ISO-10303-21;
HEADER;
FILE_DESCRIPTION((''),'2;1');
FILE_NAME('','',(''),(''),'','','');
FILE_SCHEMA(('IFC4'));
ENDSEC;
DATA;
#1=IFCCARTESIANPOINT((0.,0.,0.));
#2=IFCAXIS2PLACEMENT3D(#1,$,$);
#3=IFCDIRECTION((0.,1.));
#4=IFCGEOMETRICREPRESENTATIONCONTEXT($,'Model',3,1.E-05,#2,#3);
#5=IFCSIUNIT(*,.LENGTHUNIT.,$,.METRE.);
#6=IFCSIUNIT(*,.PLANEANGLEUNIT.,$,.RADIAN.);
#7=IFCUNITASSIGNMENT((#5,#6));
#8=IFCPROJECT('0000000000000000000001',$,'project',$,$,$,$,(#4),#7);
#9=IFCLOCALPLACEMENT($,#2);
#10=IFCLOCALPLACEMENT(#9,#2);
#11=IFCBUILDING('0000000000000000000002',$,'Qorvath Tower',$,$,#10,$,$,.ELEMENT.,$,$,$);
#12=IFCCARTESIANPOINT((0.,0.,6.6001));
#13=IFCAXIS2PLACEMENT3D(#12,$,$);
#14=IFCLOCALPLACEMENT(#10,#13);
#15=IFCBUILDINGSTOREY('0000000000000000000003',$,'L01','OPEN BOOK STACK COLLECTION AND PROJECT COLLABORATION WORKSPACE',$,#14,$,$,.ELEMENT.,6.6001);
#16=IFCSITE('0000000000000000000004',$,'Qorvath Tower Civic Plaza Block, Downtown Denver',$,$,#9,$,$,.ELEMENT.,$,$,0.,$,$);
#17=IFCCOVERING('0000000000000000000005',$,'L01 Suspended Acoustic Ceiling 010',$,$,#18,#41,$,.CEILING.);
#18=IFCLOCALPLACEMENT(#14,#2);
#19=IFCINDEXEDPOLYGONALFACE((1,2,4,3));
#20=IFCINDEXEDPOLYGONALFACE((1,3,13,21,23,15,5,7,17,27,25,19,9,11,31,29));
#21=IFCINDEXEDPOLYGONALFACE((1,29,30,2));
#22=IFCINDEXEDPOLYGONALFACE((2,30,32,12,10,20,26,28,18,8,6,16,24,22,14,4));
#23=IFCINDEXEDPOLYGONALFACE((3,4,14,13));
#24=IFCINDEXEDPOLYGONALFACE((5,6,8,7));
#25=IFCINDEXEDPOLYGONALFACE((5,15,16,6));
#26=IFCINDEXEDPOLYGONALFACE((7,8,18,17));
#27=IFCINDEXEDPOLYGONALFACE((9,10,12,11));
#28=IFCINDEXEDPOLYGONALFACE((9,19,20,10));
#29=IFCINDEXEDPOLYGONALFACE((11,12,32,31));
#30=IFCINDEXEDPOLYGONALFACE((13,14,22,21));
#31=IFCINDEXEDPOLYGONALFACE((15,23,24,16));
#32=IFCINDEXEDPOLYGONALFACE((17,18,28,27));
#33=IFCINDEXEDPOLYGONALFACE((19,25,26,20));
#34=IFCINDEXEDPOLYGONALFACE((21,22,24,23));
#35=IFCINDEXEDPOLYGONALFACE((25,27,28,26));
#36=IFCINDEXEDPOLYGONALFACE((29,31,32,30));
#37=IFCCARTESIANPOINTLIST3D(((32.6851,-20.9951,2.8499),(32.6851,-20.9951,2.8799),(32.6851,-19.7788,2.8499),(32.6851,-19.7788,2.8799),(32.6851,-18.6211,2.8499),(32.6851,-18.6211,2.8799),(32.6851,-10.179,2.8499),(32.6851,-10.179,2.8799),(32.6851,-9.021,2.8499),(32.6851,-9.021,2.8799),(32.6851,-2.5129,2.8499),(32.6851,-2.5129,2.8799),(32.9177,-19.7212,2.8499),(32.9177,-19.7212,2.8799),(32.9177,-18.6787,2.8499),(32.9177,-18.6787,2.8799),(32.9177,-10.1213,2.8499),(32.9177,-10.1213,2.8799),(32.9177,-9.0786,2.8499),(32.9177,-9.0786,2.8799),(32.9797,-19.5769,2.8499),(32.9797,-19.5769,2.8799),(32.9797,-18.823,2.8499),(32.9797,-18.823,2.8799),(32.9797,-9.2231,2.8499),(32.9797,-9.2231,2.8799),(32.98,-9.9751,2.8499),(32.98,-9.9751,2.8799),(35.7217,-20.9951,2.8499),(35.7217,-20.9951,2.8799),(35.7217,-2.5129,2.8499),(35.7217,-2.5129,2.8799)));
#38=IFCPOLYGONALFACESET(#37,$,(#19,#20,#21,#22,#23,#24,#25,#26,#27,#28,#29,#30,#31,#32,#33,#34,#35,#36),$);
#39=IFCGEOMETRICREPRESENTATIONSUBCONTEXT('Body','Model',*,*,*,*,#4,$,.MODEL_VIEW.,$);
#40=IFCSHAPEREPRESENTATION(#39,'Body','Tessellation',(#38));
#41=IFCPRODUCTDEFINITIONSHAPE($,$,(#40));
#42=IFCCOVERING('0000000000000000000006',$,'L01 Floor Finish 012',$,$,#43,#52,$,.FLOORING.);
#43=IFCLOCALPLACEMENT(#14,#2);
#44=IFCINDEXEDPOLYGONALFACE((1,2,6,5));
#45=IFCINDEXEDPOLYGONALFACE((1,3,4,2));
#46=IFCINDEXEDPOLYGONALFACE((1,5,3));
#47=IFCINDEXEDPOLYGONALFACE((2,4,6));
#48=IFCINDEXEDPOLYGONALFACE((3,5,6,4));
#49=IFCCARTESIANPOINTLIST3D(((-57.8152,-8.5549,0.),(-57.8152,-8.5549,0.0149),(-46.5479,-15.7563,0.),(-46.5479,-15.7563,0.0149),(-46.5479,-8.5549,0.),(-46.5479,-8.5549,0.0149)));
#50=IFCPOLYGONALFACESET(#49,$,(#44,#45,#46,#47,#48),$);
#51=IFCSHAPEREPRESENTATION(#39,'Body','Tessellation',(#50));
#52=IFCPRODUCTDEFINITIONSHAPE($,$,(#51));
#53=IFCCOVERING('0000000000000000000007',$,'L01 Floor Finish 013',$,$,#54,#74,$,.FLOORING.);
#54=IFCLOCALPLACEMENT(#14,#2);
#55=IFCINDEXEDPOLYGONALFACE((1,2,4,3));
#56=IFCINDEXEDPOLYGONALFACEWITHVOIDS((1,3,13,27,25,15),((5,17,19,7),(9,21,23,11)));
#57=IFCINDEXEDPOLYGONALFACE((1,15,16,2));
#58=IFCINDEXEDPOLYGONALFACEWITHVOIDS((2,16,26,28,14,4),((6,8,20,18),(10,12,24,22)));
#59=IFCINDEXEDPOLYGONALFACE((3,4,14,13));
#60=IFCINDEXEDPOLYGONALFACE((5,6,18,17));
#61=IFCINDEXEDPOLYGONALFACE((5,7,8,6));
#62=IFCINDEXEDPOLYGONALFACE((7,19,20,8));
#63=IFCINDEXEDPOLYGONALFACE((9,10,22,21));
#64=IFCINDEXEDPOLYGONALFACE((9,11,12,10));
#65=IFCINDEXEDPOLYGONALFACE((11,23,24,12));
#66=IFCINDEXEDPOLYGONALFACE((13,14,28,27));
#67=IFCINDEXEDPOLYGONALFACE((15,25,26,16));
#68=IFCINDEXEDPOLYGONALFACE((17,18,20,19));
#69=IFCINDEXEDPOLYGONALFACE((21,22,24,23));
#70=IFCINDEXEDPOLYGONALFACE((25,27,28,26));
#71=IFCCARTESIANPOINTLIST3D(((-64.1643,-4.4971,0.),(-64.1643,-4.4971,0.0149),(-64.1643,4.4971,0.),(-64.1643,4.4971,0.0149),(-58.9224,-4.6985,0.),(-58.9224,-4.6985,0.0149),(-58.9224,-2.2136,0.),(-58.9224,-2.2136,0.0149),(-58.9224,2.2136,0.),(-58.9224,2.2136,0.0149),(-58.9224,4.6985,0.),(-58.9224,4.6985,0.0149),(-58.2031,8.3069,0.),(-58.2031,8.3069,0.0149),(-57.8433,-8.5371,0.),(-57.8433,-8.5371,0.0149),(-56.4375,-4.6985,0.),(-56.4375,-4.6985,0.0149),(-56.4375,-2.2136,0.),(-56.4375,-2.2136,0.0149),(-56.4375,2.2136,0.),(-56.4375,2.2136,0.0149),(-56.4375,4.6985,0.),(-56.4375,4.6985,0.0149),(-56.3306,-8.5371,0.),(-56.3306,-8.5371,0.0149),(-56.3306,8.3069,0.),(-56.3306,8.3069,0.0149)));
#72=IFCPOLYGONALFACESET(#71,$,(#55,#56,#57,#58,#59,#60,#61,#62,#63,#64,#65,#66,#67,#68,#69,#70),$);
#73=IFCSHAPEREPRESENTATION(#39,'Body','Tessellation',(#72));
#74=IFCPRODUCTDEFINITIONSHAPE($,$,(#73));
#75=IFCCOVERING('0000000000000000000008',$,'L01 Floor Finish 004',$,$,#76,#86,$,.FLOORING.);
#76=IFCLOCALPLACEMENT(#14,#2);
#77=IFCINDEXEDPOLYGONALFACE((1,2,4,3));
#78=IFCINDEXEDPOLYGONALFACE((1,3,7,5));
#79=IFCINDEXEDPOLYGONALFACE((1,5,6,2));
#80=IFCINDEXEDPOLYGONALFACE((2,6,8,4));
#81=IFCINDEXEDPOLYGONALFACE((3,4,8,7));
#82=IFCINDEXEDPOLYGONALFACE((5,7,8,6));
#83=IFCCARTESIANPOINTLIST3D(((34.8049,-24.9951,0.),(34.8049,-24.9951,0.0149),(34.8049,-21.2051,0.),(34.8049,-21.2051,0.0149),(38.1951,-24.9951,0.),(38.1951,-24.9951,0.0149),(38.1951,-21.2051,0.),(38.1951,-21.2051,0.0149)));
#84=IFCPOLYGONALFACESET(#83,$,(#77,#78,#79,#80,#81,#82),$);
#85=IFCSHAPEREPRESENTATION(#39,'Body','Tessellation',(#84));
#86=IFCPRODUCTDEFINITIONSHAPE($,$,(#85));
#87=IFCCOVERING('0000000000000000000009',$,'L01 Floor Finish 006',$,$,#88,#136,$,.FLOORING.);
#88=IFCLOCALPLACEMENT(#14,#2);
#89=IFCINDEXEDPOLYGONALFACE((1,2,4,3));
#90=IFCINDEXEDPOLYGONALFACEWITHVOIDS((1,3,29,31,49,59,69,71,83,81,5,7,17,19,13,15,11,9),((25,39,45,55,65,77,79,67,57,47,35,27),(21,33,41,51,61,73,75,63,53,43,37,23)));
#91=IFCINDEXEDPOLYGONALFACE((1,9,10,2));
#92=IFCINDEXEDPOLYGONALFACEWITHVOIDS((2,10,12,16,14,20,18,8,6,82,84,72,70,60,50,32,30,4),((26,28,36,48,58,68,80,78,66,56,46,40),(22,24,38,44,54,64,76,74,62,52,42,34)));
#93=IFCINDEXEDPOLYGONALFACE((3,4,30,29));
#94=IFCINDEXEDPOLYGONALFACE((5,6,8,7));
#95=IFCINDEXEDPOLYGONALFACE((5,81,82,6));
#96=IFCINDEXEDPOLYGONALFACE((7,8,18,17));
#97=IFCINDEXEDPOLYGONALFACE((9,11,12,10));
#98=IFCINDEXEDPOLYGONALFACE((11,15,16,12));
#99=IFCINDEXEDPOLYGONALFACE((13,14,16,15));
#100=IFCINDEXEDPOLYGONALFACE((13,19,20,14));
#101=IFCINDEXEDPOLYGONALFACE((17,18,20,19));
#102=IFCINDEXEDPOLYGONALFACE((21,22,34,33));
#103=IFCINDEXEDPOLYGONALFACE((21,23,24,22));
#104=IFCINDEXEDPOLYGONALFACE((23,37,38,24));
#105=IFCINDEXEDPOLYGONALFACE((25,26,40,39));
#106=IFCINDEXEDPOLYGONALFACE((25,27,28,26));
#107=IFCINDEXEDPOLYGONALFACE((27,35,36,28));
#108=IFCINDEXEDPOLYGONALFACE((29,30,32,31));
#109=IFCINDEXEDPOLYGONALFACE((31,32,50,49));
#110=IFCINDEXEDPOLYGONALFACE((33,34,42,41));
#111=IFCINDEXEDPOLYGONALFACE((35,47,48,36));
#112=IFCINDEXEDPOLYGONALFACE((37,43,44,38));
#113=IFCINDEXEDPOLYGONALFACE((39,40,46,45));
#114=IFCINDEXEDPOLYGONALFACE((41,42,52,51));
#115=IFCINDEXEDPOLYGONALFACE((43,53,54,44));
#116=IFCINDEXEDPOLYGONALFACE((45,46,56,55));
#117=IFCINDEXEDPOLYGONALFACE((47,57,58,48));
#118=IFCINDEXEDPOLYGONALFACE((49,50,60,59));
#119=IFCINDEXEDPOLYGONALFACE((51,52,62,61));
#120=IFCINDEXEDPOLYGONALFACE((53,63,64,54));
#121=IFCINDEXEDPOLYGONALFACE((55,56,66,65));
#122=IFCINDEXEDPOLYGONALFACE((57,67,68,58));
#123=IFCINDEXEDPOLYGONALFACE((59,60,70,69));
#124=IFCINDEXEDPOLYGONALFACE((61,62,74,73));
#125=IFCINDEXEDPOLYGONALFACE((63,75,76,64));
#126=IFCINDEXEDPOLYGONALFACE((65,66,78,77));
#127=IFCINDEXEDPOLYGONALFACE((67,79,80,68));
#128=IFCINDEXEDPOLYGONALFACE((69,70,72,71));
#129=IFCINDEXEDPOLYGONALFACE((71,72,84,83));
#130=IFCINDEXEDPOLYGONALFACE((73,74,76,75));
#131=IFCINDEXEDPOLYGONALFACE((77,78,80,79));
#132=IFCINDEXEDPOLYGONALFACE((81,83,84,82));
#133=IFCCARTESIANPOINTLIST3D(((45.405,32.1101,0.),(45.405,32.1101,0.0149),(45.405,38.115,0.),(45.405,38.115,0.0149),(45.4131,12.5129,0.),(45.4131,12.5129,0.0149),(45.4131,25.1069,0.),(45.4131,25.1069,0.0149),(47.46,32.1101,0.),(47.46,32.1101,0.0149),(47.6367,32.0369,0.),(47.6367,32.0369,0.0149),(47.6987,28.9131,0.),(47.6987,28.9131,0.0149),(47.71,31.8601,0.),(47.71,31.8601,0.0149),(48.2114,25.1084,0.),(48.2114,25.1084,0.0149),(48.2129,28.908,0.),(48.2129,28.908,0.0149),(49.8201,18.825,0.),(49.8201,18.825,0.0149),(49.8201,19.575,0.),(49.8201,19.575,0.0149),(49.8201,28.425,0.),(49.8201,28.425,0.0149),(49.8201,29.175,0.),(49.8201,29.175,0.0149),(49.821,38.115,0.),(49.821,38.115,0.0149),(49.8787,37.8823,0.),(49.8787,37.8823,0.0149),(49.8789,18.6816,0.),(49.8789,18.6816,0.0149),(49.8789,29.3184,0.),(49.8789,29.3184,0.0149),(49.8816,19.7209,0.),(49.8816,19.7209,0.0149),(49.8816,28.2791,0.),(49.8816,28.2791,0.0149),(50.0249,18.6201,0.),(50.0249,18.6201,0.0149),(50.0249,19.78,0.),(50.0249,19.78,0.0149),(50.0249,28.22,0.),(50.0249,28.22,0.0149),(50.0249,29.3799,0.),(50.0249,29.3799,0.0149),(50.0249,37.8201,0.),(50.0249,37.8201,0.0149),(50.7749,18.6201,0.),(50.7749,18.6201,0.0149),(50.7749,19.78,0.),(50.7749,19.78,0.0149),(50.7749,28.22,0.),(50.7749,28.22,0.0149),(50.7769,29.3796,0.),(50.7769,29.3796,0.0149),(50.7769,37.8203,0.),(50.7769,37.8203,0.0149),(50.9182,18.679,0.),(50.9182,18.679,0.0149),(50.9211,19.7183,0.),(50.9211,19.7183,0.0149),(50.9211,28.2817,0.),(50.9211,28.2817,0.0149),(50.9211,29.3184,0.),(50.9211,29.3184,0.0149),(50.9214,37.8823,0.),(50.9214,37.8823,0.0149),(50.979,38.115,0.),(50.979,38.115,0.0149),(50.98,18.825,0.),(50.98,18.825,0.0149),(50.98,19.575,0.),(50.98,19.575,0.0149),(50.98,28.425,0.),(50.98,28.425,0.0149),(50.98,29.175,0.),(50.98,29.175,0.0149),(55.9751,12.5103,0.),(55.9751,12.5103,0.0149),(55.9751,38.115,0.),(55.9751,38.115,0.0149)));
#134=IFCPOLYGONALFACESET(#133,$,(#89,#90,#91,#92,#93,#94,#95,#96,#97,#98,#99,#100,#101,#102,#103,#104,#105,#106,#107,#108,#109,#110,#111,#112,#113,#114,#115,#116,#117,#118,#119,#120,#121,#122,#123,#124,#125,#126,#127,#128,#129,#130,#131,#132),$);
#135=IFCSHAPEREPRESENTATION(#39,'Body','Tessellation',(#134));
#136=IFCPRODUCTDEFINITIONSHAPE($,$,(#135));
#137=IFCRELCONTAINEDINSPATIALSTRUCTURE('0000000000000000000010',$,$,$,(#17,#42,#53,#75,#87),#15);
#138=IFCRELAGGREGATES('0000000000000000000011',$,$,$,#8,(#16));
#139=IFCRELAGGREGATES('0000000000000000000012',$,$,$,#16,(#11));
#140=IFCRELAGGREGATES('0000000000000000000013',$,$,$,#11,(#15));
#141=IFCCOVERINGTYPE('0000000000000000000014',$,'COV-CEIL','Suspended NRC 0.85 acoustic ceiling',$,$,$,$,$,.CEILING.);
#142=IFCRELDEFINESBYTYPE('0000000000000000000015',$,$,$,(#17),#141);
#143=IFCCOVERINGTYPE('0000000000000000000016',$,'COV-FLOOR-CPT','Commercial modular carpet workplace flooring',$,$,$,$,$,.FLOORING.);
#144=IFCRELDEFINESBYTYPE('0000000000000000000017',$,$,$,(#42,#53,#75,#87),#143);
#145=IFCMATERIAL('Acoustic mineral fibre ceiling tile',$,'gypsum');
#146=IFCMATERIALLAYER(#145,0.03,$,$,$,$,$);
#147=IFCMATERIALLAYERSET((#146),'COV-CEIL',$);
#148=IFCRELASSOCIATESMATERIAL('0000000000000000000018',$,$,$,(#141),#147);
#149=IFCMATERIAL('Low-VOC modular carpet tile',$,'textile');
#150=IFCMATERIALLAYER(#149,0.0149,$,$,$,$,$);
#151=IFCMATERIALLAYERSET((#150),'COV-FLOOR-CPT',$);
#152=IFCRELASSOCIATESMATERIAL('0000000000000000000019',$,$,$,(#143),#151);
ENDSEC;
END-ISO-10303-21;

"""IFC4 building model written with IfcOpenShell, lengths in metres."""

from ifc_helpers import new_model, si_unit, direction, frame, origin, place, context, subcontext, project, spatial, polyline, outline, extrude, material, layer, layer_set, type_object, element, save


model = new_model("IFC4")

# Units and contexts
model_context = context("Model", 3, precision=1e-05, world=origin(), true_north=direction((0.0, 1.0)))
body_context = subcontext(model_context, "Body", "Model", "MODEL_VIEW")
ifc_project = project(units=[si_unit("LENGTHUNIT", "METRE"), si_unit("PLANEANGLEUNIT", "RADIAN")], contexts=[model_context])

# Site, building, storey
site_placement = place(None, origin())
site = spatial("IfcSite", under=ifc_project, at=site_placement, Name="Qorvath Tower Civic Plaza Block, Downtown Denver", CompositionType="ELEMENT", RefElevation=0.0)
building_placement = place(site_placement, origin())
building = spatial("IfcBuilding", under=site, at=building_placement, Name="Qorvath Tower", CompositionType="ELEMENT")
storey_placement = place(building_placement, frame((0.0, 0.0, 6.6001)))
storey = spatial("IfcBuildingStorey", under=building, at=storey_placement, Name="L01", Description="OPEN BOOK STACK COLLECTION AND PROJECT COLLABORATION WORKSPACE", CompositionType="ELEMENT", Elevation=6.6001)

# Coverings
ifc_material_1 = material(Name="Acoustic mineral fibre ceiling tile", Category="gypsum")
ifc_layer_1 = layer(ifc_material_1, 0.03)
ifc_layer_set_1 = layer_set([ifc_layer_1], Name="COV-CEIL")
covering_type_1 = type_object("IfcCoveringType", Name="COV-CEIL", Description="Suspended NRC 0.85 acoustic ceiling", PredefinedType="CEILING", material=ifc_layer_set_1)
covering_1_placement = place(storey_placement, frame((0.0, 0.0, 2.8499)))
element("IfcCovering", 1, at=covering_1_placement, inside=storey, type_object=covering_type_1, Name="L01 Suspended Acoustic Ceiling 010", PredefinedType="CEILING", context=body_context, shape_type="SweptSolid", body=[
    extrude(outline(polyline([(32.9797, -19.5769), (32.9177, -19.7212), (32.6851, -19.7788), (32.6851, -20.9951), (35.7217, -20.9951), (35.7217, -2.5129), (32.6851, -2.5129), (32.6851, -9.021), (32.9177, -9.0786), (32.9797, -9.2231), (32.98, -9.9751), (32.9177, -10.1213), (32.6851, -10.179), (32.6851, -18.6211), (32.9177, -18.6787), (32.9797, -18.823), (32.9797, -19.5769)])), origin(), (0.0, 0.0, 1.0), 0.03),
])
ifc_material_2 = material(Name="Low-VOC modular carpet tile", Category="textile")
ifc_layer_2 = layer(ifc_material_2, 0.0149)
ifc_layer_set_2 = layer_set([ifc_layer_2], Name="COV-FLOOR-CPT")
covering_type_2 = type_object("IfcCoveringType", Name="COV-FLOOR-CPT", Description="Commercial modular carpet workplace flooring", PredefinedType="FLOORING", material=ifc_layer_set_2)
covering_2_placement = place(storey_placement, origin())
element("IfcCovering", 2, at=covering_2_placement, inside=storey, type_object=covering_type_2, Name="L01 Floor Finish 012", PredefinedType="FLOORING", context=body_context, shape_type="SweptSolid", body=[
    extrude(outline(polyline([(-57.8152, -8.5549), (-46.5479, -15.7563), (-46.5479, -8.5549), (-57.8152, -8.5549)])), origin(), (0.0, 0.0, 1.0), 0.0149),
])
covering_3_placement = place(storey_placement, origin())
element("IfcCovering", 3, at=covering_3_placement, inside=storey, type_object=covering_type_2, Name="L01 Floor Finish 013", PredefinedType="FLOORING", context=body_context, shape_type="SweptSolid", body=[
    extrude(outline(polyline([(-56.3306, -8.5371), (-56.3306, 8.3069), (-58.2031, 8.3069), (-64.1643, 4.4971), (-64.1643, -4.4971), (-57.8433, -8.5371), (-56.3306, -8.5371)]), holes=[polyline([(-58.9224, -2.2136), (-56.4375, -2.2136), (-56.4375, -4.6985), (-58.9224, -4.6985), (-58.9224, -2.2136)]), polyline([(-58.9224, 4.6985), (-56.4375, 4.6985), (-56.4375, 2.2136), (-58.9224, 2.2136), (-58.9224, 4.6985)])]), origin(), (0.0, 0.0, 1.0), 0.0149),
])
covering_4_placement = place(storey_placement, origin())
element("IfcCovering", 4, at=covering_4_placement, inside=storey, type_object=covering_type_2, Name="L01 Floor Finish 004", PredefinedType="FLOORING", context=body_context, shape_type="SweptSolid", body=[
    extrude(outline(polyline([(38.1951, -21.2051), (34.8049, -21.2051), (34.8049, -24.9951), (38.1951, -24.9951), (38.1951, -21.2051)])), origin(), (0.0, 0.0, 1.0), 0.0149),
])
covering_5_placement = place(storey_placement, origin())
element("IfcCovering", 5, at=covering_5_placement, inside=storey, type_object=covering_type_2, Name="L01 Floor Finish 006", PredefinedType="FLOORING", context=body_context, shape_type="SweptSolid", body=[
    extrude(outline(polyline([(45.405, 38.115), (45.405, 32.1101), (47.46, 32.1101), (47.6367, 32.0369), (47.71, 31.8601), (47.6987, 28.9131), (48.2129, 28.908), (48.2114, 25.1084), (45.4131, 25.1069), (45.4131, 12.5129), (55.9751, 12.5103), (55.9751, 38.115), (50.979, 38.115), (50.9214, 37.8823), (50.7769, 37.8203), (50.0249, 37.8201), (49.8787, 37.8823), (49.821, 38.115), (45.405, 38.115)]), holes=[polyline([(50.7769, 29.3796), (50.9211, 29.3184), (50.98, 29.175), (50.98, 28.425), (50.9211, 28.2817), (50.7749, 28.22), (50.0249, 28.22), (49.8816, 28.2791), (49.8201, 28.425), (49.8201, 29.175), (49.8789, 29.3184), (50.0249, 29.3799), (50.7769, 29.3796)]), polyline([(50.9211, 19.7183), (50.98, 19.575), (50.98, 18.825), (50.9182, 18.679), (50.7749, 18.6201), (50.0249, 18.6201), (49.8789, 18.6816), (49.8201, 18.825), (49.8201, 19.575), (49.8816, 19.7209), (50.0249, 19.78), (50.7749, 19.78), (50.9211, 19.7183)])]), origin(), (0.0, 0.0, 1.0), 0.0149),
])

save(model, "model.ifc")
